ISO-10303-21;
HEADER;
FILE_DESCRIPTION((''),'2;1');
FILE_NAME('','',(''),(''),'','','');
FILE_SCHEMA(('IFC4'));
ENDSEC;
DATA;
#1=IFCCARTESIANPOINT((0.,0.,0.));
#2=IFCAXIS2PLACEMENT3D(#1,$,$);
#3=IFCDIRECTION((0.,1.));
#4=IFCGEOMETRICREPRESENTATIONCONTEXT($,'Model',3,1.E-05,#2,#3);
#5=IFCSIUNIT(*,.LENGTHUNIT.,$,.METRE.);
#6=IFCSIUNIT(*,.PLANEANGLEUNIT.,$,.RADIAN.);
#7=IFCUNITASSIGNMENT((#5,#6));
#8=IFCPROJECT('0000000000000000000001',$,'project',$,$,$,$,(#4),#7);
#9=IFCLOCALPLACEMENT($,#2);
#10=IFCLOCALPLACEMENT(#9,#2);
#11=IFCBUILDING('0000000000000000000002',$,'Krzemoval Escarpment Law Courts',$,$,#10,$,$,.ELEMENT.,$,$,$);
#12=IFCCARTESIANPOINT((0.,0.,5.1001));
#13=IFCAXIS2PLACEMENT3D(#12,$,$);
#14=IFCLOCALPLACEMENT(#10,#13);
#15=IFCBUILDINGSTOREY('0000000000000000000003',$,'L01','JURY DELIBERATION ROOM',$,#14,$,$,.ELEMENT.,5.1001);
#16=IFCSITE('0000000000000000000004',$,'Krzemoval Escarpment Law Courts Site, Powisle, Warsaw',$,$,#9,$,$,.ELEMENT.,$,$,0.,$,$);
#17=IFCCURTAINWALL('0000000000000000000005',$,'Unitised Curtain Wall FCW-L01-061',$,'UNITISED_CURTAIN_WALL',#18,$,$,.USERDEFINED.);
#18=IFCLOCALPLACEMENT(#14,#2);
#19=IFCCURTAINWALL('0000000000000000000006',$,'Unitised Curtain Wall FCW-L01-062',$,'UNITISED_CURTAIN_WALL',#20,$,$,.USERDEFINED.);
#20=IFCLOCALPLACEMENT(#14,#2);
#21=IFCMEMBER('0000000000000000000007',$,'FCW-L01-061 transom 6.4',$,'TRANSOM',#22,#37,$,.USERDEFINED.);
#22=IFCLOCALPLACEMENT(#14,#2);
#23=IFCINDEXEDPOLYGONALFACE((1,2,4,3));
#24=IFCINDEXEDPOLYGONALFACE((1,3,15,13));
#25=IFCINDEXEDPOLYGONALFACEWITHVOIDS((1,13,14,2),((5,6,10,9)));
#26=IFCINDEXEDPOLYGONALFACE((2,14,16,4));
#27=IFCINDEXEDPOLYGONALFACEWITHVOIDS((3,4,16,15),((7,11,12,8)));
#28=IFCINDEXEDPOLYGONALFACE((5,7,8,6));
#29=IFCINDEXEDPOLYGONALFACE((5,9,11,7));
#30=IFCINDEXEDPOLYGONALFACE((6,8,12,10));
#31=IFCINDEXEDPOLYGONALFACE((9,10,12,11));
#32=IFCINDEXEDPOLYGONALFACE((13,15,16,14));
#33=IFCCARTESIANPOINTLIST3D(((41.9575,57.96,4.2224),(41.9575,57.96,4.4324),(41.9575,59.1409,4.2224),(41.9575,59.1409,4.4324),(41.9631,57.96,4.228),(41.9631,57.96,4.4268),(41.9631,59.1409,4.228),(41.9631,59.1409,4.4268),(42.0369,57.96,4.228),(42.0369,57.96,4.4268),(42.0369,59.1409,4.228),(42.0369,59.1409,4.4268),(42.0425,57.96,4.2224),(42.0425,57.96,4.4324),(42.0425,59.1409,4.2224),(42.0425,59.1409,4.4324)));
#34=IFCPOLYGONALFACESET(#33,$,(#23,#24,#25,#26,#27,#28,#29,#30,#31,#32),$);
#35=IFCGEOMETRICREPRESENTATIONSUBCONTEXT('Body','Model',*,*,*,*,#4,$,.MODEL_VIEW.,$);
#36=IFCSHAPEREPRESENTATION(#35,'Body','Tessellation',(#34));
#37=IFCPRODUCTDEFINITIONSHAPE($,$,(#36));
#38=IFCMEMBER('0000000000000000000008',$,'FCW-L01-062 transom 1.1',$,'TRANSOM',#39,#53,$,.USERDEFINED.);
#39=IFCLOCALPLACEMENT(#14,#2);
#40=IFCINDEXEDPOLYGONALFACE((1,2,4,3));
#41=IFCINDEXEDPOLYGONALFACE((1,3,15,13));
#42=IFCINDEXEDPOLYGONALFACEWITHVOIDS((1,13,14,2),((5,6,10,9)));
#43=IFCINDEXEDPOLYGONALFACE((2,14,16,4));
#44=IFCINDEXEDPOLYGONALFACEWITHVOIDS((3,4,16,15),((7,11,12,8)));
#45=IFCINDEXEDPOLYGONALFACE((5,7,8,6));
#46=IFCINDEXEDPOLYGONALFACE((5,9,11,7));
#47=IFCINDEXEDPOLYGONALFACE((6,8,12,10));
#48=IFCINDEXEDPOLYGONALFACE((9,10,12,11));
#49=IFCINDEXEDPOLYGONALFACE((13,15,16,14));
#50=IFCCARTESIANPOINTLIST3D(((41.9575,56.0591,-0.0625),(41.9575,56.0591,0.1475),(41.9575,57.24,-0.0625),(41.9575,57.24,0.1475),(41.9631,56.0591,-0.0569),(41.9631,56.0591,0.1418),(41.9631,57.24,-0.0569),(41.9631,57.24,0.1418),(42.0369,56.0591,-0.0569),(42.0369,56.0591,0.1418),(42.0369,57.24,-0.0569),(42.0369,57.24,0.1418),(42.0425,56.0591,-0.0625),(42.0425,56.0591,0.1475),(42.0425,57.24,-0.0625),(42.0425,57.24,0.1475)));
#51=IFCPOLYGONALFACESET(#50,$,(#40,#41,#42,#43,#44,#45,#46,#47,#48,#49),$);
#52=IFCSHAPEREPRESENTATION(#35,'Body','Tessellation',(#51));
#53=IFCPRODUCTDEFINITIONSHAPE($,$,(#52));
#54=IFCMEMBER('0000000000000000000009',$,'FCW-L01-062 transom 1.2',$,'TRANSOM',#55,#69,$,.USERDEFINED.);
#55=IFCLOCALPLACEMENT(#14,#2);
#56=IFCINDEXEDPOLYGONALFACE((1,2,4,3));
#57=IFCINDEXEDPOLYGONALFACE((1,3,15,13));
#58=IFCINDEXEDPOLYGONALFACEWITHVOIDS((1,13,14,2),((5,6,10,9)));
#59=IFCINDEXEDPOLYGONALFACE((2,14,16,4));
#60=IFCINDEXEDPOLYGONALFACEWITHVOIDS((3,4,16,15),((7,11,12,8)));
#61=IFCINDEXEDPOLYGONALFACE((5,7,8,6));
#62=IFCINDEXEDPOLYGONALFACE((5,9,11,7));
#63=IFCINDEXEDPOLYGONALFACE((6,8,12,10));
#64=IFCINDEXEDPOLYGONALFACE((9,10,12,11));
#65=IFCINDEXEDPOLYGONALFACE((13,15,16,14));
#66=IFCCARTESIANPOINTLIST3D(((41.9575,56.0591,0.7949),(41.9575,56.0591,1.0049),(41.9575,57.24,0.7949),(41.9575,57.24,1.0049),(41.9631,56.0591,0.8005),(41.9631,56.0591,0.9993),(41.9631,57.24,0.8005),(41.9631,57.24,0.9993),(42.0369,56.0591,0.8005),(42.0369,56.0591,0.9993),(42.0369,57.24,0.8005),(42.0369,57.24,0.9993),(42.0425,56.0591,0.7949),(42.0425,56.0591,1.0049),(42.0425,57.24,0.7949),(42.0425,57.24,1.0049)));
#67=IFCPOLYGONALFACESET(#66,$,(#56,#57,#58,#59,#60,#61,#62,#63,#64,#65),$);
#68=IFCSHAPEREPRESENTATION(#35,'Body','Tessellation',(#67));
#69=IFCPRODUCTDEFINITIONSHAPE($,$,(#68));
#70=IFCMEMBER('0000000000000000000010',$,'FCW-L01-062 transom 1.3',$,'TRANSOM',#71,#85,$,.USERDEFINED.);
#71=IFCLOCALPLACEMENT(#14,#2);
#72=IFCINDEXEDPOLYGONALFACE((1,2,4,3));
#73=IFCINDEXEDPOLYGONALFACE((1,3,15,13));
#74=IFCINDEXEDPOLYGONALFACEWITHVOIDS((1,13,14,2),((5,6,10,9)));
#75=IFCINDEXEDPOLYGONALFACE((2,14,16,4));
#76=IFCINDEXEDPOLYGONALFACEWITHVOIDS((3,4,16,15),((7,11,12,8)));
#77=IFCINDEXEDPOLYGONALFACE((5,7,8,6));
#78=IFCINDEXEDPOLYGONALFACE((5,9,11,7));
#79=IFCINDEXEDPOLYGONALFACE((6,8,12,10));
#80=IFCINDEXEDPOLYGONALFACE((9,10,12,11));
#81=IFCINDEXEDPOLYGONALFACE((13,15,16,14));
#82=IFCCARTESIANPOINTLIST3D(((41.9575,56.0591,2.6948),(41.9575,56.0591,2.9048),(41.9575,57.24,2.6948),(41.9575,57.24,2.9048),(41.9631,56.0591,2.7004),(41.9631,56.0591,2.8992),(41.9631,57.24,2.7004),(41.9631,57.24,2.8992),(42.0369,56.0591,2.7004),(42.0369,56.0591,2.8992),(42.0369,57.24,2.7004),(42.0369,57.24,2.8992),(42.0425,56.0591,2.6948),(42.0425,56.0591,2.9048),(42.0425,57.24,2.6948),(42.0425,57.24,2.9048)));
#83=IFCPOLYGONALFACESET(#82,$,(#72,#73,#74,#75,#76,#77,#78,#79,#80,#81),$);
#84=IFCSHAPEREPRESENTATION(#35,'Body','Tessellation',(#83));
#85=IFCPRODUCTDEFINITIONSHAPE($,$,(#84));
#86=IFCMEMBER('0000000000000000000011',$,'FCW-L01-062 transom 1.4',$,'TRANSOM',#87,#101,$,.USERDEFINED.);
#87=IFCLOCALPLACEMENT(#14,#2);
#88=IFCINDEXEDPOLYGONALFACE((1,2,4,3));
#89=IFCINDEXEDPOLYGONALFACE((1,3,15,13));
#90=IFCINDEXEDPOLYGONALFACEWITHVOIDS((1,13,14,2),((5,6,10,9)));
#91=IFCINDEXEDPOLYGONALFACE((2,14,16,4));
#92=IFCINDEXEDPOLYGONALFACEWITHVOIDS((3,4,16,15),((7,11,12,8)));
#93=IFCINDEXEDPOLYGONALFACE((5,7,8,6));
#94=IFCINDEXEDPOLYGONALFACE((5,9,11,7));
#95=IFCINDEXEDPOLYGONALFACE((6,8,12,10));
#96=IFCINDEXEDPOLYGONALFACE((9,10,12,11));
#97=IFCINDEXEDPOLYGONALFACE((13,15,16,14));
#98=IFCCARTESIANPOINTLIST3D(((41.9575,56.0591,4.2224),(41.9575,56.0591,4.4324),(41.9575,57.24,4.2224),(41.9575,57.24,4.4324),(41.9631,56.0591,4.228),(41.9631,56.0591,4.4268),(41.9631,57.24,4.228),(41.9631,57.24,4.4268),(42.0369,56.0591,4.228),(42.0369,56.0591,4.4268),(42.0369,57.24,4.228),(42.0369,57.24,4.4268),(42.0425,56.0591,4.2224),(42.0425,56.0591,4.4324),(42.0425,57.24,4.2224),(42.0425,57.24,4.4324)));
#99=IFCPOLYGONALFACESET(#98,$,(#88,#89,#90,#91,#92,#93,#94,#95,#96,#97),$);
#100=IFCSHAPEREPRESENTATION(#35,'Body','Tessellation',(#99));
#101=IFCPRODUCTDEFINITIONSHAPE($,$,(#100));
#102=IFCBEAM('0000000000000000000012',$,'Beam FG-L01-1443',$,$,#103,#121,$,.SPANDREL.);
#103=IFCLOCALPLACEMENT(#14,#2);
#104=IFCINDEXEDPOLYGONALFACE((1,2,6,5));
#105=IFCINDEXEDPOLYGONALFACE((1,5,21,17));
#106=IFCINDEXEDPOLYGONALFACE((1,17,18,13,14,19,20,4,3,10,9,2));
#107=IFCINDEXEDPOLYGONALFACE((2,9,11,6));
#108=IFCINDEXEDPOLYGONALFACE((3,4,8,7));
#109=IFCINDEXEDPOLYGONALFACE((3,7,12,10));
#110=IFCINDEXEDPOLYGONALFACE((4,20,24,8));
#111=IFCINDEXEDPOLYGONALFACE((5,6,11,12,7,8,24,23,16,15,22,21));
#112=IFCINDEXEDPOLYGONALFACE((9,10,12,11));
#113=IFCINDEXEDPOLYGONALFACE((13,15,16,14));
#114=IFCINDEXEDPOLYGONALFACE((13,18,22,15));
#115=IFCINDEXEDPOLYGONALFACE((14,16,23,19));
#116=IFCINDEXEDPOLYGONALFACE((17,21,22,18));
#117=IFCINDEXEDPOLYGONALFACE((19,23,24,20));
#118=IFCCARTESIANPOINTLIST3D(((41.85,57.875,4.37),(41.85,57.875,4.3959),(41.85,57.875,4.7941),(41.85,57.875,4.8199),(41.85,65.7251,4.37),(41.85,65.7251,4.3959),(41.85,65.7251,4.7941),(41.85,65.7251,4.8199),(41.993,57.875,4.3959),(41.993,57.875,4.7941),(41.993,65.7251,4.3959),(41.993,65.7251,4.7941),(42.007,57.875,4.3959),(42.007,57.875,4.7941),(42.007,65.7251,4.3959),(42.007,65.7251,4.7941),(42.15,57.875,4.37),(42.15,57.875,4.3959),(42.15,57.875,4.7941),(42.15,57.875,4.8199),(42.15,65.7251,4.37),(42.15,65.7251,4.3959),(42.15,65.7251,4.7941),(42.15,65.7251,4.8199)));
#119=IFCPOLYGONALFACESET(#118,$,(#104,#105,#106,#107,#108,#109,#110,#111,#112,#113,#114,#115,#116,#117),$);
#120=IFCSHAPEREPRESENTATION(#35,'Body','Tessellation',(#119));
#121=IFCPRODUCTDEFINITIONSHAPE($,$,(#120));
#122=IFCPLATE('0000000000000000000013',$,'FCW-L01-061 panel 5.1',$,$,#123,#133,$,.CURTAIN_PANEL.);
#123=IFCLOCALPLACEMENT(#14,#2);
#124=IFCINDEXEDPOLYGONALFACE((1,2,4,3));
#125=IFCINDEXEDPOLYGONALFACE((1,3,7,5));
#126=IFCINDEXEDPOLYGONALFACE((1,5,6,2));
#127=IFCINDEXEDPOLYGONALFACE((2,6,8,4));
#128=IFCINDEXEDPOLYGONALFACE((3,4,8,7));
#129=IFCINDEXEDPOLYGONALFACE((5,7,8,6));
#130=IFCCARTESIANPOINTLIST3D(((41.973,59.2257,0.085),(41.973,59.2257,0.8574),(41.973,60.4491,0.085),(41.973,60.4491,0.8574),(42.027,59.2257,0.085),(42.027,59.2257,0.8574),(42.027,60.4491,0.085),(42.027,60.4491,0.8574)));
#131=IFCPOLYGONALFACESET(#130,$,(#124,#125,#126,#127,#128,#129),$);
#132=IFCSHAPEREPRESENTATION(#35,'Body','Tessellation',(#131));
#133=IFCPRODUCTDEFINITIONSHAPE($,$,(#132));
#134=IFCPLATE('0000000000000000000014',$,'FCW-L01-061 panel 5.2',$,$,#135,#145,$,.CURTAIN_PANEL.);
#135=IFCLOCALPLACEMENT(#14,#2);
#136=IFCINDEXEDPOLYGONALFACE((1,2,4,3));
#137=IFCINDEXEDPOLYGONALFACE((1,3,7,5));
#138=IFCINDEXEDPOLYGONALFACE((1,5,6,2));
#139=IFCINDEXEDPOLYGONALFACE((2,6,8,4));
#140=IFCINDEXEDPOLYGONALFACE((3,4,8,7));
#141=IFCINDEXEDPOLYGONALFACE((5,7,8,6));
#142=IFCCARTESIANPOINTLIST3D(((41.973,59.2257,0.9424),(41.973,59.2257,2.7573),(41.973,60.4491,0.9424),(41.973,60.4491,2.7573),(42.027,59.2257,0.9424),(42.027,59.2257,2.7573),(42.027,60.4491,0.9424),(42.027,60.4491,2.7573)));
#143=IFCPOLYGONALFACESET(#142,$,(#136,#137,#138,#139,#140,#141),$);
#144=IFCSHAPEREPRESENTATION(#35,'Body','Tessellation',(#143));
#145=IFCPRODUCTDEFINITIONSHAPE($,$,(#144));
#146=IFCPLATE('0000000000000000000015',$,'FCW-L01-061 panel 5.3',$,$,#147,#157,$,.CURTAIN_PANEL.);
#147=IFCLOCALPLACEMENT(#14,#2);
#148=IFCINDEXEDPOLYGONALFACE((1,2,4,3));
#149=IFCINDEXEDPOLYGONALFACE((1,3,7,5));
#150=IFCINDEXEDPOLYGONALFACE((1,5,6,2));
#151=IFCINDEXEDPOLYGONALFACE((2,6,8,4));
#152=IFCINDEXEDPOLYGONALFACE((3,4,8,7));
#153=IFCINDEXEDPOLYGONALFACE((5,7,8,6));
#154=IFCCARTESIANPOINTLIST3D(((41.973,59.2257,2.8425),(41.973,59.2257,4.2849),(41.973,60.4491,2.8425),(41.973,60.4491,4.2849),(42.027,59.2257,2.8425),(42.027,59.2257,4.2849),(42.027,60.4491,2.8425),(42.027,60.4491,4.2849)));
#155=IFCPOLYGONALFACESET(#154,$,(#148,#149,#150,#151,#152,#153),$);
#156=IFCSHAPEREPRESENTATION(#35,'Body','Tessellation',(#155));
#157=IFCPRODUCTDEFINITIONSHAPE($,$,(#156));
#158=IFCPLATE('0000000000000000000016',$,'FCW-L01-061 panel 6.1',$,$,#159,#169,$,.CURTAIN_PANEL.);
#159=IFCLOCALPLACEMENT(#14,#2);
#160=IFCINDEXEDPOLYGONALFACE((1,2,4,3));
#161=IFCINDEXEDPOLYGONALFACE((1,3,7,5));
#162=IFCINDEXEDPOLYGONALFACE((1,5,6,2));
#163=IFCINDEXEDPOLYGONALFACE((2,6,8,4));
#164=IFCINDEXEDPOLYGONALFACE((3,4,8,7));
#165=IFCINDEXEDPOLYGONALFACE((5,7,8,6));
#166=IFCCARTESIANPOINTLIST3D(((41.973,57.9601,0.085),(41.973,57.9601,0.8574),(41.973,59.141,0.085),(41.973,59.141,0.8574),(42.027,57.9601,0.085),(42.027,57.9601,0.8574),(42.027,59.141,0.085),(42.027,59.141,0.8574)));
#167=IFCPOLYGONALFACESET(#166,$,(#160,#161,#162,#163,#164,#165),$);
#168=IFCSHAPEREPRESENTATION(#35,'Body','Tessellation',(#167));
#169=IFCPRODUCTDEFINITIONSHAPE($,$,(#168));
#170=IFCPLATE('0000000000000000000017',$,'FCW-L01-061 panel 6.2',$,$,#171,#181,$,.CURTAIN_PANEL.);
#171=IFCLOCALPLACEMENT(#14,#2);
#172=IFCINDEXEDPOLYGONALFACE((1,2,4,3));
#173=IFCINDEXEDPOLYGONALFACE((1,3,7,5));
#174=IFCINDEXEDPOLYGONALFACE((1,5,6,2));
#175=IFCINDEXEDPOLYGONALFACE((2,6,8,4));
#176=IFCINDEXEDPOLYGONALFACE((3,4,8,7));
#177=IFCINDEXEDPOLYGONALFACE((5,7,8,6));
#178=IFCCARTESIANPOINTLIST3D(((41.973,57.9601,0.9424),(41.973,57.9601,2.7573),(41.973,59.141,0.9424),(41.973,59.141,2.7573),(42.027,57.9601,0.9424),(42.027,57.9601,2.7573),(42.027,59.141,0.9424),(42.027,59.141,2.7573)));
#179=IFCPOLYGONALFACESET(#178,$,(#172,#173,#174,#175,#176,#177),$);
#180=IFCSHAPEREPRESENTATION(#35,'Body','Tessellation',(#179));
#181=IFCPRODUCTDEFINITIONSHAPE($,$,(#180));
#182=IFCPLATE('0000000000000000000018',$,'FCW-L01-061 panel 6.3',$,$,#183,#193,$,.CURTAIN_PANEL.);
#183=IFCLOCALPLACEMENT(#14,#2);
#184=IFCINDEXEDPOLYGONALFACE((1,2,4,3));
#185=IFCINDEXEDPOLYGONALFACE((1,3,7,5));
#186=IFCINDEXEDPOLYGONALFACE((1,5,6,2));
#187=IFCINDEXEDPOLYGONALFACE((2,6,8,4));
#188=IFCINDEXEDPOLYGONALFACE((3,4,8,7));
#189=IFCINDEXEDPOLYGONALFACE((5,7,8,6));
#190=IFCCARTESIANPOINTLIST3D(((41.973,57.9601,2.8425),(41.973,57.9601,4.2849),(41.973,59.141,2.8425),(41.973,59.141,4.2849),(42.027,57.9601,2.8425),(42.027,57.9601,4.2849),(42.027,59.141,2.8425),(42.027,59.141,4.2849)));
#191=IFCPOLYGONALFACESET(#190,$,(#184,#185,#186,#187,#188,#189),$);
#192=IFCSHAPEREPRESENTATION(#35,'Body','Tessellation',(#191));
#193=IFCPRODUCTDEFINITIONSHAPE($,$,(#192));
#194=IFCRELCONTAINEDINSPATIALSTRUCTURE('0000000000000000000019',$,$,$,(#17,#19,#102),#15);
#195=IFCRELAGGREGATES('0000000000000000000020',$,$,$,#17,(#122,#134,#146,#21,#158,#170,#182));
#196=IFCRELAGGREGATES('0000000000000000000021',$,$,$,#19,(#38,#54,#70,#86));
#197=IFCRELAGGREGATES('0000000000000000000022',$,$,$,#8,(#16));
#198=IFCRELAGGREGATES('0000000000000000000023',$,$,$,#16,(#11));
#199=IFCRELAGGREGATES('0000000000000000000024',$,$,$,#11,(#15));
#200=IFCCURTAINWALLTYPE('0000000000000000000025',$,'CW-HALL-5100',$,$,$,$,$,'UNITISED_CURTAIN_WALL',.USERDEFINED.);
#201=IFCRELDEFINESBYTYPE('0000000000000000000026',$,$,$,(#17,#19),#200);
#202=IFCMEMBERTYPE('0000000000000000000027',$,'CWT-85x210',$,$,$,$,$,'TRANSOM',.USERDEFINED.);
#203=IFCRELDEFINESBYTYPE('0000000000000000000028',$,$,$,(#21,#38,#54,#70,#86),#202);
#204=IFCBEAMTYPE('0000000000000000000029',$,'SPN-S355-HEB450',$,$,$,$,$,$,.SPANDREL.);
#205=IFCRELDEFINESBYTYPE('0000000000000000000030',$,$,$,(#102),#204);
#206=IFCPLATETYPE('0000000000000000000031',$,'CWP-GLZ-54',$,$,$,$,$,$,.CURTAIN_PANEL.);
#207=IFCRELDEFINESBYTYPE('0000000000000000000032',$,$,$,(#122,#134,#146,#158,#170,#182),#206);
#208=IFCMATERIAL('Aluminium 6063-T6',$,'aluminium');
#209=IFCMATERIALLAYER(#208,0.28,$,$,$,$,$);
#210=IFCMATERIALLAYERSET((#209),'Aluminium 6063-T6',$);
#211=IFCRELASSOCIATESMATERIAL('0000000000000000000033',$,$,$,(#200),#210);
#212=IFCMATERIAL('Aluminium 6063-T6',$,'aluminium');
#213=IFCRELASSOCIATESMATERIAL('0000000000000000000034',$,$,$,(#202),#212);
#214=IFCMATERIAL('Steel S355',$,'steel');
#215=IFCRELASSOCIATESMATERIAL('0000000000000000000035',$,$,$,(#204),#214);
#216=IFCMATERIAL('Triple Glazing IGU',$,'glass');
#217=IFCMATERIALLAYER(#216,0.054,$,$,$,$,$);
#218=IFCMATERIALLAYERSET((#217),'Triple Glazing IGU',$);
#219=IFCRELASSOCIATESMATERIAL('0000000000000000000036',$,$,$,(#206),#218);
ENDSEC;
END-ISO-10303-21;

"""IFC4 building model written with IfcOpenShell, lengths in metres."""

from ifc_helpers import new_model, si_unit, direction, frame, origin, origin_2d, place, context, subcontext, project, spatial, rectangle, hollow_rectangle, i_section, extrude, material, layer, layer_set, material_profile, profile_set, type_object, element, aggregate, save


model = new_model("IFC4")

# Units and contexts
model_context = context("Model", 3, precision=1e-05, world=origin(), true_north=direction((0.0, 1.0)))
body_context = subcontext(model_context, "Body", "Model", "MODEL_VIEW")
ifc_project = project(units=[si_unit("LENGTHUNIT", "METRE"), si_unit("PLANEANGLEUNIT", "RADIAN")], contexts=[model_context])

# Site, building, storey
site_placement = place(None, origin())
site = spatial("IfcSite", under=ifc_project, at=site_placement, Name="Krzemoval Escarpment Law Courts Site, Powisle, Warsaw", CompositionType="ELEMENT", RefElevation=0.0)
building_placement = place(site_placement, origin())
building = spatial("IfcBuilding", under=site, at=building_placement, Name="Krzemoval Escarpment Law Courts", CompositionType="ELEMENT")
storey_placement = place(building_placement, frame((0.0, 0.0, 5.1001)))
storey = spatial("IfcBuildingStorey", under=building, at=storey_placement, Name="L01", Description="JURY DELIBERATION ROOM", CompositionType="ELEMENT", Elevation=5.1001)

# Curtain wall
ifc_material_1 = material(Name="Aluminium 6063-T6", Category="aluminium")
ifc_layer_1 = layer(ifc_material_1, 0.28)
ifc_layer_set_1 = layer_set([ifc_layer_1], Name="Aluminium 6063-T6")
curtain_wall_type = type_object("IfcCurtainWallType", Name="CW-HALL-5100", ElementType="UNITISED_CURTAIN_WALL", PredefinedType="USERDEFINED", material=ifc_layer_set_1)
curtain_wall_1_placement = place(storey_placement, origin())
curtain_wall_1 = element("IfcCurtainWall", 1, at=curtain_wall_1_placement, inside=storey, type_object=curtain_wall_type, Name="Unitised Curtain Wall FCW-L01-061", ObjectType="UNITISED_CURTAIN_WALL", PredefinedType="USERDEFINED")

# Curtain wall
curtain_wall_2_placement = place(storey_placement, origin())
curtain_wall_2 = element("IfcCurtainWall", 2, at=curtain_wall_2_placement, inside=storey, type_object=curtain_wall_type, Name="Unitised Curtain Wall FCW-L01-062", ObjectType="UNITISED_CURTAIN_WALL", PredefinedType="USERDEFINED")

# Members
ifc_material_2 = material(Name="Aluminium 6063-T6", Category="aluminium")
ifc_material_profile_1 = material_profile(ifc_material_2, hollow_rectangle(XDim=0.085, YDim=0.21, WallThickness=0.0056, at=origin_2d()), Name="ALU T85x210")
ifc_profile_set_1 = profile_set([ifc_material_profile_1], Name="Aluminium 6063-T6")
member_type_1 = type_object("IfcMemberType", Name="CWT-85x210", ElementType="TRANSOM", PredefinedType="USERDEFINED", material=ifc_profile_set_1)
member_1_placement = place(storey_placement, frame((42.0, 59.1409, 4.3274), z_axis=(0.0, -1.0, 0.0), x_axis=(1.0, 0.0, 0.0)))
member_1 = element("IfcMember", 3, at=member_1_placement, type_object=member_type_1, Name="FCW-L01-061 transom 6.4", ObjectType="TRANSOM", PredefinedType="USERDEFINED", context=body_context, shape_type="SweptSolid", body=[
    extrude(hollow_rectangle(XDim=0.085, YDim=0.21, WallThickness=0.0056, at=origin_2d()), origin(), (0.0, 0.0, 1.0), 1.1809),
])
member_2_placement = place(storey_placement, frame((42.0, 57.24, 0.0425), z_axis=(0.0, -1.0, 0.0), x_axis=(1.0, 0.0, 0.0)))
member_2 = element("IfcMember", 4, at=member_2_placement, type_object=member_type_1, Name="FCW-L01-062 transom 1.1", ObjectType="TRANSOM", PredefinedType="USERDEFINED", context=body_context, shape_type="SweptSolid", body=[
    extrude(hollow_rectangle(XDim=0.085, YDim=0.21, WallThickness=0.0056, at=origin_2d()), origin(), (0.0, 0.0, 1.0), 1.1809),
])
member_3_placement = place(storey_placement, frame((42.0, 57.24, 0.8999), z_axis=(0.0, -1.0, 0.0), x_axis=(1.0, 0.0, 0.0)))
member_3 = element("IfcMember", 5, at=member_3_placement, type_object=member_type_1, Name="FCW-L01-062 transom 1.2", ObjectType="TRANSOM", PredefinedType="USERDEFINED", context=body_context, shape_type="SweptSolid", body=[
    extrude(hollow_rectangle(XDim=0.085, YDim=0.21, WallThickness=0.0056, at=origin_2d()), origin(), (0.0, 0.0, 1.0), 1.1809),
])
member_4_placement = place(storey_placement, frame((42.0, 57.24, 2.7998), z_axis=(0.0, -1.0, 0.0), x_axis=(1.0, 0.0, 0.0)))
member_4 = element("IfcMember", 6, at=member_4_placement, type_object=member_type_1, Name="FCW-L01-062 transom 1.3", ObjectType="TRANSOM", PredefinedType="USERDEFINED", context=body_context, shape_type="SweptSolid", body=[
    extrude(hollow_rectangle(XDim=0.085, YDim=0.21, WallThickness=0.0056, at=origin_2d()), origin(), (0.0, 0.0, 1.0), 1.1809),
])
member_5_placement = place(storey_placement, frame((42.0, 57.24, 4.3274), z_axis=(0.0, -1.0, 0.0), x_axis=(1.0, 0.0, 0.0)))
member_5 = element("IfcMember", 7, at=member_5_placement, type_object=member_type_1, Name="FCW-L01-062 transom 1.4", ObjectType="TRANSOM", PredefinedType="USERDEFINED", context=body_context, shape_type="SweptSolid", body=[
    extrude(hollow_rectangle(XDim=0.085, YDim=0.21, WallThickness=0.0056, at=origin_2d()), origin(), (0.0, 0.0, 1.0), 1.1809),
])

# Beam
ifc_material_3 = material(Name="Steel S355", Category="steel")
ifc_material_profile_2 = material_profile(ifc_material_3, i_section(OverallWidth=0.3, OverallDepth=0.45, WebThickness=0.0139, FlangeThickness=0.0259, at=origin_2d()), Name="HEB 450")
ifc_profile_set_2 = profile_set([ifc_material_profile_2], Name="Steel S355")
beam_type = type_object("IfcBeamType", Name="SPN-S355-HEB450", PredefinedType="SPANDREL", material=ifc_profile_set_2)
beam_placement = place(storey_placement, frame((42.0, 57.875, 4.595), z_axis=(0.0, 1.0, 0.0), x_axis=(-1.0, 0.0, 0.0)))
element("IfcBeam", 8, at=beam_placement, inside=storey, type_object=beam_type, Name="Beam FG-L01-1443", PredefinedType="SPANDREL", context=body_context, shape_type="SweptSolid", body=[
    extrude(i_section(OverallWidth=0.3, OverallDepth=0.45, WebThickness=0.0139, FlangeThickness=0.0259, at=origin_2d()), origin(), (0.0, 0.0, 1.0), 7.8501),
])

# Plates
ifc_material_4 = material(Name="Triple Glazing IGU", Category="glass")
ifc_layer_2 = layer(ifc_material_4, 0.054)
ifc_layer_set_2 = layer_set([ifc_layer_2], Name="Triple Glazing IGU")
plate_type = type_object("IfcPlateType", Name="CWP-GLZ-54", PredefinedType="CURTAIN_PANEL", material=ifc_layer_set_2)
plate_1_placement = place(storey_placement, frame((42.0, 59.8374, 0.085), z_axis=(0.0, 0.0, 1.0), x_axis=(0.0, -1.0, 0.0)))
plate_1 = element("IfcPlate", 9, at=plate_1_placement, type_object=plate_type, Name="FCW-L01-061 panel 5.1", PredefinedType="CURTAIN_PANEL", context=body_context, shape_type="SweptSolid", body=[
    extrude(rectangle(XDim=1.2234, YDim=0.054, at=origin_2d()), origin(), (0.0, 0.0, 1.0), 0.7725),
])
plate_2_placement = place(storey_placement, frame((42.0, 59.8374, 0.9424), z_axis=(0.0, 0.0, 1.0), x_axis=(0.0, -1.0, 0.0)))
plate_2 = element("IfcPlate", 10, at=plate_2_placement, type_object=plate_type, Name="FCW-L01-061 panel 5.2", PredefinedType="CURTAIN_PANEL", context=body_context, shape_type="SweptSolid", body=[
    extrude(rectangle(XDim=1.2234, YDim=0.054, at=origin_2d()), origin(), (0.0, 0.0, 1.0), 1.8149),
])
plate_3_placement = place(storey_placement, frame((42.0, 59.8374, 2.8425), z_axis=(0.0, 0.0, 1.0), x_axis=(0.0, -1.0, 0.0)))
plate_3 = element("IfcPlate", 11, at=plate_3_placement, type_object=plate_type, Name="FCW-L01-061 panel 5.3", PredefinedType="CURTAIN_PANEL", context=body_context, shape_type="SweptSolid", body=[
    extrude(rectangle(XDim=1.2234, YDim=0.054, at=origin_2d()), origin(), (0.0, 0.0, 1.0), 1.4424),
])
plate_4_placement = place(storey_placement, frame((42.0, 58.5505, 0.085), z_axis=(0.0, 0.0, 1.0), x_axis=(0.0, -1.0, 0.0)))
plate_4 = element("IfcPlate", 12, at=plate_4_placement, type_object=plate_type, Name="FCW-L01-061 panel 6.1", PredefinedType="CURTAIN_PANEL", context=body_context, shape_type="SweptSolid", body=[
    extrude(rectangle(XDim=1.1809, YDim=0.054, at=origin_2d()), origin(), (0.0, 0.0, 1.0), 0.7725),
])
plate_5_placement = place(storey_placement, frame((42.0, 58.5505, 0.9424), z_axis=(0.0, 0.0, 1.0), x_axis=(0.0, -1.0, 0.0)))
plate_5 = element("IfcPlate", 13, at=plate_5_placement, type_object=plate_type, Name="FCW-L01-061 panel 6.2", PredefinedType="CURTAIN_PANEL", context=body_context, shape_type="SweptSolid", body=[
    extrude(rectangle(XDim=1.1809, YDim=0.054, at=origin_2d()), origin(), (0.0, 0.0, 1.0), 1.8149),
])
plate_6_placement = place(storey_placement, frame((42.0, 58.5505, 2.8425), z_axis=(0.0, 0.0, 1.0), x_axis=(0.0, -1.0, 0.0)))
plate_6 = element("IfcPlate", 14, at=plate_6_placement, type_object=plate_type, Name="FCW-L01-061 panel 6.3", PredefinedType="CURTAIN_PANEL", context=body_context, shape_type="SweptSolid", body=[
    extrude(rectangle(XDim=1.1809, YDim=0.054, at=origin_2d()), origin(), (0.0, 0.0, 1.0), 1.4424),
])
aggregate(curtain_wall_1, [plate_1, plate_2, plate_3, member_1, plate_4, plate_5, plate_6])
aggregate(curtain_wall_2, [member_2, member_3, member_4, member_5])

save(model, "model.ifc")
